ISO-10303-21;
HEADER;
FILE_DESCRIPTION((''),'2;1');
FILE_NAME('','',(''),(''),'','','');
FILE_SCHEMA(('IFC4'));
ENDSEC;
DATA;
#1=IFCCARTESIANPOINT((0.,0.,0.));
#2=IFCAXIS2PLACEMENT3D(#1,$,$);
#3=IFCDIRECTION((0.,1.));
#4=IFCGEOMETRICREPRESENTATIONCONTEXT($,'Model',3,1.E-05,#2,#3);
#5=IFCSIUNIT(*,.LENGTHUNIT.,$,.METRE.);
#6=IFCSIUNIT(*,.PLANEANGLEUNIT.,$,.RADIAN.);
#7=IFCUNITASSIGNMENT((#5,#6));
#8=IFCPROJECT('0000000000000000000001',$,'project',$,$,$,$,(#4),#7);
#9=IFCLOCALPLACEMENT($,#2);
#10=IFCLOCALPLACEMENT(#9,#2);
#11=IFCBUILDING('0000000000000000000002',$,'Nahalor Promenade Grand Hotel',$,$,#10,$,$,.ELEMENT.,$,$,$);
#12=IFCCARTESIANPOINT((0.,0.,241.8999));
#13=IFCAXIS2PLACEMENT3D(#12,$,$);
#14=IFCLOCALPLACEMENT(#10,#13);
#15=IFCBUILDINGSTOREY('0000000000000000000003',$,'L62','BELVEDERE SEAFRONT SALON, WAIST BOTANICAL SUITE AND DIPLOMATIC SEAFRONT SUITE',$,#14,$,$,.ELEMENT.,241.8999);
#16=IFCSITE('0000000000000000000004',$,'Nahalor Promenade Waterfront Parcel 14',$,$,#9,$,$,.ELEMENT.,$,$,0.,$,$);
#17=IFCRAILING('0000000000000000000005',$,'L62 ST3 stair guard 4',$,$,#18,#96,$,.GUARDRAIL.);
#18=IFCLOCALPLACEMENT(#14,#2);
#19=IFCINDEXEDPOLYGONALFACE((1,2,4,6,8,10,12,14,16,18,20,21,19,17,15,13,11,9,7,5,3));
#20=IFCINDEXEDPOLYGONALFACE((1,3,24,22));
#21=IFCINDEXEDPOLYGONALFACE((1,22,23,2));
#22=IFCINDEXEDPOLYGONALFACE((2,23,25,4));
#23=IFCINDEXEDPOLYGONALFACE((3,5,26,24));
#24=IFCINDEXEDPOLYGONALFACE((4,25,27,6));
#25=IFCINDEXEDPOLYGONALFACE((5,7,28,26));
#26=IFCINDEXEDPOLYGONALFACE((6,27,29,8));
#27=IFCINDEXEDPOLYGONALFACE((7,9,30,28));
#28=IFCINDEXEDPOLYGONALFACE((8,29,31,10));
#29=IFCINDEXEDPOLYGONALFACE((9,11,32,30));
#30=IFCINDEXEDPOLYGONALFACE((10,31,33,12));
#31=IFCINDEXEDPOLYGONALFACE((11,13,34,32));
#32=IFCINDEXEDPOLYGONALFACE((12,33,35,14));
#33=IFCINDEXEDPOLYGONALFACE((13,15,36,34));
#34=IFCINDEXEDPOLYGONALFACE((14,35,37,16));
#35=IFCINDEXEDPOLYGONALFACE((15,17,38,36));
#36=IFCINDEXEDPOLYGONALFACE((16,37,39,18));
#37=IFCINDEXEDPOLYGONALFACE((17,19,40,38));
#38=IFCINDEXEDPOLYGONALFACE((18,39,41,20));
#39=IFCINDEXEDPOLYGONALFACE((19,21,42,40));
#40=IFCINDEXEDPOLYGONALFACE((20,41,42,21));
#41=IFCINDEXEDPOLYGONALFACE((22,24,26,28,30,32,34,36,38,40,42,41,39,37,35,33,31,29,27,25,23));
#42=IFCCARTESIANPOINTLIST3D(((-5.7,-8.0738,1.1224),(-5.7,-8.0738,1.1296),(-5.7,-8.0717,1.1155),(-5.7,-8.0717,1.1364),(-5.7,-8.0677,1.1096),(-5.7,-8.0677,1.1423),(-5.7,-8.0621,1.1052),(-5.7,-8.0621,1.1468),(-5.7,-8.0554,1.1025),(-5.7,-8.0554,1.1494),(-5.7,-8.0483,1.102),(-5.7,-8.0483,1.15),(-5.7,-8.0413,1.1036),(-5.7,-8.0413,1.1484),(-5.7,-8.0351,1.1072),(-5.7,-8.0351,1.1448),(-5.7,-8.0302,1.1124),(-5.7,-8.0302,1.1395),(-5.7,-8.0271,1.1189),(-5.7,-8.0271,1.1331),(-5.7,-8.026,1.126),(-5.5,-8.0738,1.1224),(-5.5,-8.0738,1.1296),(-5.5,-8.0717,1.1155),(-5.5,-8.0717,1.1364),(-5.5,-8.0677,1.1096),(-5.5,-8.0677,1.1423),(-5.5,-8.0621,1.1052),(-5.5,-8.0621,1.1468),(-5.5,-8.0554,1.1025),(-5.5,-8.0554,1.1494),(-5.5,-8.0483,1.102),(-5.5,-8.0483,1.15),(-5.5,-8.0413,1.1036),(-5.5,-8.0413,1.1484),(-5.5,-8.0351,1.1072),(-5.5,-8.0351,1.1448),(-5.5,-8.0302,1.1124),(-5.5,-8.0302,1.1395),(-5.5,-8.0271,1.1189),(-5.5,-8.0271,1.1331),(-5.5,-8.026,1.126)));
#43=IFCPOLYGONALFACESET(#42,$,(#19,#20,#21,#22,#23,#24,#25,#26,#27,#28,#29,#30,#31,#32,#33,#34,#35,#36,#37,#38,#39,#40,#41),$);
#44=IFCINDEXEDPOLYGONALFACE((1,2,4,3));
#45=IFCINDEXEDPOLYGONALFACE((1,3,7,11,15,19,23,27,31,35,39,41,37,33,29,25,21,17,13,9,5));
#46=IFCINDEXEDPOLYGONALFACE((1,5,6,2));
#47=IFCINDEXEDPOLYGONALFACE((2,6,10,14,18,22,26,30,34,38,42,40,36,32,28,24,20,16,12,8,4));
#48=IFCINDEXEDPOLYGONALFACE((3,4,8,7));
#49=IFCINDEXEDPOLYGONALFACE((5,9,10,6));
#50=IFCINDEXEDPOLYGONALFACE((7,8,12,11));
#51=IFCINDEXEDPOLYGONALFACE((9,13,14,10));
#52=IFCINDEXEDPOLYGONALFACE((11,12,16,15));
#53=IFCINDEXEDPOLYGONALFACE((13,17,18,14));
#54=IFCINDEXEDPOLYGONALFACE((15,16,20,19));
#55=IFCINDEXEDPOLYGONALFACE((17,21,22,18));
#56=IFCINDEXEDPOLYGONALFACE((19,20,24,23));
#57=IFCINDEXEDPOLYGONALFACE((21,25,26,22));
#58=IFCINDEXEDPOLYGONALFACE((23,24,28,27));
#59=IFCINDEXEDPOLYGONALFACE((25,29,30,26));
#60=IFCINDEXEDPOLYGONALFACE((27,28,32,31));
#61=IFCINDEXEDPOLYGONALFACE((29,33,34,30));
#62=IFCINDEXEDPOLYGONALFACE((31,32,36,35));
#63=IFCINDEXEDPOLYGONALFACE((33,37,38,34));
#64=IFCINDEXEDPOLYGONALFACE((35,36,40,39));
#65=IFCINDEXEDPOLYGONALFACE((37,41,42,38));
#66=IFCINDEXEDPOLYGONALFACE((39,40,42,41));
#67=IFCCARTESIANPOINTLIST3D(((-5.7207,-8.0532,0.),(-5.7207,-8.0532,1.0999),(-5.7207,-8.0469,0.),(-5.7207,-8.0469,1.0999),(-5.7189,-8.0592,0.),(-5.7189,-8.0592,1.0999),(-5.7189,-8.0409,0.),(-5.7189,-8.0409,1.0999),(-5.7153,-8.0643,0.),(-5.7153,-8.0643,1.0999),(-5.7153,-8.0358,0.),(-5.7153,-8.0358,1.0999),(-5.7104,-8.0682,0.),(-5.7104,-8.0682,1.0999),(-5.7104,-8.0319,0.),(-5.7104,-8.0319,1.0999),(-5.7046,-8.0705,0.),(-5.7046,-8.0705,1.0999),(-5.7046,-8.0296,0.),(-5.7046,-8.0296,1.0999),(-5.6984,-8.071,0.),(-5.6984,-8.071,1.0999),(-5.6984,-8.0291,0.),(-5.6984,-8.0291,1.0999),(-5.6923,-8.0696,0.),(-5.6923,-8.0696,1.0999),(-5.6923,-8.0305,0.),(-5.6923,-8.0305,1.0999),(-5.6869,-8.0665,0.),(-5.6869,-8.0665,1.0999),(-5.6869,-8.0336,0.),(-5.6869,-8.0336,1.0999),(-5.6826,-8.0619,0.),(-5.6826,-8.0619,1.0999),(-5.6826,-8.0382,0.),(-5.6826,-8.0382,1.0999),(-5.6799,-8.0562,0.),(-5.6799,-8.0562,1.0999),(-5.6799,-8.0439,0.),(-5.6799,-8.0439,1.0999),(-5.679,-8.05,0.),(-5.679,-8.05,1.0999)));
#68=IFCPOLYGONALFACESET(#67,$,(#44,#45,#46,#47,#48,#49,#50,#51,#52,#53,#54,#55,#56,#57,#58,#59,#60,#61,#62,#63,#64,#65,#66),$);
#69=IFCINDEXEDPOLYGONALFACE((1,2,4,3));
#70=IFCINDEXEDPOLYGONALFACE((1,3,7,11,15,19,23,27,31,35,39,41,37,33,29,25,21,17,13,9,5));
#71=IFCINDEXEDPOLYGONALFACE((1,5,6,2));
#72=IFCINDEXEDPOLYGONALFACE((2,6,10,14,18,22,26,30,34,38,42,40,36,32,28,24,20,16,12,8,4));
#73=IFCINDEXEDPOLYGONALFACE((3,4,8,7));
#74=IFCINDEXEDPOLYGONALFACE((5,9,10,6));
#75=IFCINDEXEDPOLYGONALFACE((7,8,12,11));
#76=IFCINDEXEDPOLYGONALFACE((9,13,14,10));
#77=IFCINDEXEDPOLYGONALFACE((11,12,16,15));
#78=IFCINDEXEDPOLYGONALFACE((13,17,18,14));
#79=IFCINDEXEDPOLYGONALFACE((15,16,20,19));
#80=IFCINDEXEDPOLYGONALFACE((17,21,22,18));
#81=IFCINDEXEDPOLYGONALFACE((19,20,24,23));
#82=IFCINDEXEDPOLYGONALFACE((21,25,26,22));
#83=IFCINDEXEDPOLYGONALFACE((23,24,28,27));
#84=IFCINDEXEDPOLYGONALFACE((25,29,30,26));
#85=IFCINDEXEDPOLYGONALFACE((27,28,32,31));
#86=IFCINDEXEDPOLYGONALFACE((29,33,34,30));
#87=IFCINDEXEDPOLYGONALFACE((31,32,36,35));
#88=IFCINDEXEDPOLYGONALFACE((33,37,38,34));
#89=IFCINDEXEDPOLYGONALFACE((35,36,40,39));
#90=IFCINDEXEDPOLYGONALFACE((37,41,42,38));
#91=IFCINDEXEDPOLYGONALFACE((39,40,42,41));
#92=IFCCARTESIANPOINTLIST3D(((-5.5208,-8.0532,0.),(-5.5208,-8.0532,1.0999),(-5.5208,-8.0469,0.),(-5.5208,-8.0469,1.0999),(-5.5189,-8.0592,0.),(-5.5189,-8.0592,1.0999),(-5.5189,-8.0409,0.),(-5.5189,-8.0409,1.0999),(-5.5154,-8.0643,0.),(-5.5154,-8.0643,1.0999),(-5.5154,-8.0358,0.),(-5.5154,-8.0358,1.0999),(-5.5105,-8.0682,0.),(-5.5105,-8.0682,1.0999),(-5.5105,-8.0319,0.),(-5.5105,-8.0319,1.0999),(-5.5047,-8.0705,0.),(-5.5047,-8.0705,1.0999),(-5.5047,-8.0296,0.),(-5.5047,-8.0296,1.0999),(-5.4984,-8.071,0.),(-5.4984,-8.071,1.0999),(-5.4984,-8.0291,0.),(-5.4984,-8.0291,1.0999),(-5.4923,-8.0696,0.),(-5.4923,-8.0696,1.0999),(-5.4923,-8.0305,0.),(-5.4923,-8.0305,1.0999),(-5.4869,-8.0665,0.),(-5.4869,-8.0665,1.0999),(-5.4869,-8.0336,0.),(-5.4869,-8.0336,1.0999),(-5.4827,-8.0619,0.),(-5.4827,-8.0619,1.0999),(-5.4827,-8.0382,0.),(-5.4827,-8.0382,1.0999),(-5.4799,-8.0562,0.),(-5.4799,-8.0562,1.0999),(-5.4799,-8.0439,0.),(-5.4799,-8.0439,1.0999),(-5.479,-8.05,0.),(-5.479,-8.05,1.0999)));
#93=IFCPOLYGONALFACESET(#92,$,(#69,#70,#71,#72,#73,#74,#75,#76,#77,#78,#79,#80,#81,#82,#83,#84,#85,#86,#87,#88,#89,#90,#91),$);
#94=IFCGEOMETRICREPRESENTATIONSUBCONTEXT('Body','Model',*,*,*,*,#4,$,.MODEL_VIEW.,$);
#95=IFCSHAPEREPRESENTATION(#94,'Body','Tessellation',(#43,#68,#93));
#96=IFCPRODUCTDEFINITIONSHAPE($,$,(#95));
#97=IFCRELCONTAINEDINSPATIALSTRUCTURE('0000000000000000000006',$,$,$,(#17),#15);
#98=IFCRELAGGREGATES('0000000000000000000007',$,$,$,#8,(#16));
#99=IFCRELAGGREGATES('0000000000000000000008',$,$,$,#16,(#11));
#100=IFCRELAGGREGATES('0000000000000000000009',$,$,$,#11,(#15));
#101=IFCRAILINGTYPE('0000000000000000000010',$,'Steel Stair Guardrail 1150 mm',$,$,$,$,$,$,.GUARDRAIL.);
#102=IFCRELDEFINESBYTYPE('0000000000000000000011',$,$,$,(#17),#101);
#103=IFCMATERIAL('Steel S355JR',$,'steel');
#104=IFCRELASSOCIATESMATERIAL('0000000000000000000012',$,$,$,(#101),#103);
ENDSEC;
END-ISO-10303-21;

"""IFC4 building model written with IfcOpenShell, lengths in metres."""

from ifc_helpers import new_model, si_unit, direction, frame, origin, origin_2d, place, context, subcontext, project, spatial, circle, extrude, material, type_object, element, save


model = new_model("IFC4")

# Units and contexts
model_context = context("Model", 3, precision=1e-05, world=origin(), true_north=direction((0.0, 1.0)))
body_context = subcontext(model_context, "Body", "Model", "MODEL_VIEW")
ifc_project = project(units=[si_unit("LENGTHUNIT", "METRE"), si_unit("PLANEANGLEUNIT", "RADIAN")], contexts=[model_context])

# Site, building, storey
site_placement = place(None, origin())
site = spatial("IfcSite", under=ifc_project, at=site_placement, Name="Nahalor Promenade Waterfront Parcel 14", CompositionType="ELEMENT", RefElevation=0.0)
building_placement = place(site_placement, origin())
building = spatial("IfcBuilding", under=site, at=building_placement, Name="Nahalor Promenade Grand Hotel", CompositionType="ELEMENT")
storey_placement = place(building_placement, frame((0.0, 0.0, 241.8999)))
storey = spatial("IfcBuildingStorey", under=building, at=storey_placement, Name="L62", Description="BELVEDERE SEAFRONT SALON, WAIST BOTANICAL SUITE AND DIPLOMATIC SEAFRONT SUITE", CompositionType="ELEMENT", Elevation=241.8999)

# Shared definitions
ifc_material_1 = material(Name="Steel S355JR", Category="steel")

# Railing
railing_type_1 = type_object("IfcRailingType", Name="Steel Stair Guardrail 1150 mm", PredefinedType="GUARDRAIL", material=ifc_material_1)
railing_1_placement = place(storey_placement, frame((-5.7, -8.05, 0.0)))
element("IfcRailing", 1, at=railing_1_placement, inside=storey, type_object=railing_type_1, Name="L62 ST3 stair guard 4", PredefinedType="GUARDRAIL", context=body_context, shape_type="SweptSolid", body=[
    extrude(circle(Radius=0.024, at=origin_2d()), frame((0.0, 0.0, 1.126), z_axis=(1.0, 0.0, 0.0), x_axis=(0.0, 1.0, 0.0)), (0.0, 0.0, 1.0), 0.2),
    extrude(circle(Radius=0.021, at=origin_2d()), origin(), (0.0, 0.0, 1.0), 1.0999),
    extrude(circle(Radius=0.021, at=origin_2d()), frame((0.2, 0.0, 0.0)), (0.0, 0.0, 1.0), 1.0999),
])

save(model, "model.ifc")
